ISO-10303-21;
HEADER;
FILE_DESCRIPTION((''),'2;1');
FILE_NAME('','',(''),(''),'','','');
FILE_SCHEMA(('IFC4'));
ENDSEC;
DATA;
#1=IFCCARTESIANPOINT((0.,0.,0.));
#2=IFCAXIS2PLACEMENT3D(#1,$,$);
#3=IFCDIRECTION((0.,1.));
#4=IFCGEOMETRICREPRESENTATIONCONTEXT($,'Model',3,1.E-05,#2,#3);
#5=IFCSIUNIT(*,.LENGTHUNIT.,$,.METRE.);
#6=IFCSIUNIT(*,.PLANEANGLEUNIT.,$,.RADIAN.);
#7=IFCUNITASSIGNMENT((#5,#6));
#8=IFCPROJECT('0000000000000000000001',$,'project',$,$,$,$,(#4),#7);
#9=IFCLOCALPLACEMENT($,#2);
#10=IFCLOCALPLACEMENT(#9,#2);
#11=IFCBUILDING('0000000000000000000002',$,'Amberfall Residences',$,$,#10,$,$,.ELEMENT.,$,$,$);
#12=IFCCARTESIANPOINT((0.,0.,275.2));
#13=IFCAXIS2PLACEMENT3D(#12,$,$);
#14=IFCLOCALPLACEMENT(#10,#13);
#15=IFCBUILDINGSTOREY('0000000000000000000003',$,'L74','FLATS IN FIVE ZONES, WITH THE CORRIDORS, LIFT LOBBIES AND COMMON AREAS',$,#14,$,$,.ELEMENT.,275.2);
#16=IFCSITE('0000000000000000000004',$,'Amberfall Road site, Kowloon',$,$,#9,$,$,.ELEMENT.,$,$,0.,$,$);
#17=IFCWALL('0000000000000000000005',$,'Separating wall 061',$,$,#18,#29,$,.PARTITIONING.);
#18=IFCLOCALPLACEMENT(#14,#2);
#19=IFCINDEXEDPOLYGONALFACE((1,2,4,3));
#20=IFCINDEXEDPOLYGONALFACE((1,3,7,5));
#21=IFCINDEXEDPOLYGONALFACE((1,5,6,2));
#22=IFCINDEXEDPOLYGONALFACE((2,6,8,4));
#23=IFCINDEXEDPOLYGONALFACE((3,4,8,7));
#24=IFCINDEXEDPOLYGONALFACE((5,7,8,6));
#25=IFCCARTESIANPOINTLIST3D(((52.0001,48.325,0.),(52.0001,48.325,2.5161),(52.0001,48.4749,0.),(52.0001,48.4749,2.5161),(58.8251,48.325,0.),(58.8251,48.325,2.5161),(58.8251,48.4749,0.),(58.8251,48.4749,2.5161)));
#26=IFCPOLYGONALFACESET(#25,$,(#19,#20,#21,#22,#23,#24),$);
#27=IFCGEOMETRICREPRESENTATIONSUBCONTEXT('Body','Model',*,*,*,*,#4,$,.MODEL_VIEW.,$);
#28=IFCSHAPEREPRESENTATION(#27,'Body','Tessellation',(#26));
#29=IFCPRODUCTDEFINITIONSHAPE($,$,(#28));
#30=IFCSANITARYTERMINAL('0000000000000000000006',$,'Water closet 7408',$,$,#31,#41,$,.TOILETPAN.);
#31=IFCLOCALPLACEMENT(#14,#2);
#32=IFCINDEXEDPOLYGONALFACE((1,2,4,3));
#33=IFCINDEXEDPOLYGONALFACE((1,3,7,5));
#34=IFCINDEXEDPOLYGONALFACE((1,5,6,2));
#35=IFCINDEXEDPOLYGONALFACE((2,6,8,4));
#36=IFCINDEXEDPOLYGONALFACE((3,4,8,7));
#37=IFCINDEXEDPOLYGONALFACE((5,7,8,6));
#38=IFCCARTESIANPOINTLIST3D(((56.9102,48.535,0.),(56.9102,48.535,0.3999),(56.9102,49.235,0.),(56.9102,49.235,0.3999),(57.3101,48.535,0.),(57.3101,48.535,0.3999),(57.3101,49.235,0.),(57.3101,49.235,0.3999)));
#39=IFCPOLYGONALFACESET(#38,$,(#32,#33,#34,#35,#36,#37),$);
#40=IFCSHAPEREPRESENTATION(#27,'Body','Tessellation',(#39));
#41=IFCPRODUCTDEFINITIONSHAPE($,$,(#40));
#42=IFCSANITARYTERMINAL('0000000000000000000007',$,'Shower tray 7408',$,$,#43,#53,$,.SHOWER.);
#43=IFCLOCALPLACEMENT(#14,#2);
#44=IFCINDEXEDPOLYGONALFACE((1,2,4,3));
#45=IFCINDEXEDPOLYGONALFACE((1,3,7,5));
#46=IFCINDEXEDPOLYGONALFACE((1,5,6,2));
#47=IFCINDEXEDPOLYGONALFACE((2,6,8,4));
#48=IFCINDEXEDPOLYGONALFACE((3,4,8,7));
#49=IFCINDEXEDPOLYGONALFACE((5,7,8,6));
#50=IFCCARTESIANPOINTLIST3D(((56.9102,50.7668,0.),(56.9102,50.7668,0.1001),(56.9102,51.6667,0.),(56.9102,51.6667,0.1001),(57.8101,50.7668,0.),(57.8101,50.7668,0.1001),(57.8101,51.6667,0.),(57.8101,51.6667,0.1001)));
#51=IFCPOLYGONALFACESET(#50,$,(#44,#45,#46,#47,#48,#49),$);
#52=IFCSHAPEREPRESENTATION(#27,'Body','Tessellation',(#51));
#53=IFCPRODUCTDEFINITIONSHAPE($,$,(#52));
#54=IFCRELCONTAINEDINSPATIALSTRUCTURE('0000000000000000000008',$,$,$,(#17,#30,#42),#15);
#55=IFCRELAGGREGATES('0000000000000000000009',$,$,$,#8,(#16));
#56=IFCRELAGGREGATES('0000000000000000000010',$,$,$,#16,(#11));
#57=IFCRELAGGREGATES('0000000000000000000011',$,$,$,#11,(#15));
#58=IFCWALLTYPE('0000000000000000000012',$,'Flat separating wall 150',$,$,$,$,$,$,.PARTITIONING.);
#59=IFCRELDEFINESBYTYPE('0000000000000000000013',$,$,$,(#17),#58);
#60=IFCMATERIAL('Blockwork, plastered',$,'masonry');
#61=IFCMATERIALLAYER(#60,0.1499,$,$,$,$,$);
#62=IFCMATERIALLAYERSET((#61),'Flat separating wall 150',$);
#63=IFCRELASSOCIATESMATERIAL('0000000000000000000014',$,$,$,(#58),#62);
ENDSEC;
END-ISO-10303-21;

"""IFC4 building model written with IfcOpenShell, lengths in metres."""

from ifc_helpers import new_model, si_unit, direction, frame, frame_2d, origin, origin_2d, place, context, subcontext, project, spatial, rectangle, extrude, material, layer, layer_set, type_object, element, save


model = new_model("IFC4")

# Units and contexts
model_context = context("Model", 3, precision=1e-05, world=origin(), true_north=direction((0.0, 1.0)))
body_context = subcontext(model_context, "Body", "Model", "MODEL_VIEW")
ifc_project = project(units=[si_unit("LENGTHUNIT", "METRE"), si_unit("PLANEANGLEUNIT", "RADIAN")], contexts=[model_context])

# Site, building, storey
site_placement = place(None, origin())
site = spatial("IfcSite", under=ifc_project, at=site_placement, Name="Amberfall Road site, Kowloon", CompositionType="ELEMENT", RefElevation=0.0)
building_placement = place(site_placement, origin())
building = spatial("IfcBuilding", under=site, at=building_placement, Name="Amberfall Residences", CompositionType="ELEMENT")
storey_placement = place(building_placement, frame((0.0, 0.0, 275.2)))
storey = spatial("IfcBuildingStorey", under=building, at=storey_placement, Name="L74", Description="FLATS IN FIVE ZONES, WITH THE CORRIDORS, LIFT LOBBIES AND COMMON AREAS", CompositionType="ELEMENT", Elevation=275.2)

# Wall
ifc_material_1 = material(Name="Blockwork, plastered", Category="masonry")
ifc_layer_1 = layer(ifc_material_1, 0.1499)
ifc_layer_set_1 = layer_set([ifc_layer_1], Name="Flat separating wall 150")
wall_type_1 = type_object("IfcWallType", Name="Flat separating wall 150", PredefinedType="PARTITIONING", material=ifc_layer_set_1)
wall_1_placement = place(storey_placement, frame((52.0, 48.3999, 0.0), z_axis=(0.0, 0.0, 1.0), x_axis=(1.0, 0.0, 0.0)))
element("IfcWall", 1, at=wall_1_placement, inside=storey, type_object=wall_type_1, Name="Separating wall 061", PredefinedType="PARTITIONING", context=body_context, shape_type="SweptSolid", body=[
    extrude(rectangle(XDim=6.825, YDim=0.1499, at=frame_2d((3.4126, 0.0))), origin(), (0.0, 0.0, 1.0), 2.5161),
])

# Sanitary terminals
sanitary_terminal_1_placement = place(storey_placement, frame((57.1101, 48.885, 0.0), z_axis=(0.0, 0.0, 1.0), x_axis=(1.0, 0.0, 0.0)))
element("IfcSanitaryTerminal", 2, at=sanitary_terminal_1_placement, inside=storey, Name="Water closet 7408", PredefinedType="TOILETPAN", context=body_context, shape_type="SweptSolid", body=[
    extrude(rectangle(XDim=0.3999, YDim=0.7, at=origin_2d()), origin(), (0.0, 0.0, 1.0), 0.3999),
])
sanitary_terminal_2_placement = place(storey_placement, frame((57.3601, 51.2168, 0.0), z_axis=(0.0, 0.0, 1.0), x_axis=(1.0, 0.0, 0.0)))
element("IfcSanitaryTerminal", 3, at=sanitary_terminal_2_placement, inside=storey, Name="Shower tray 7408", PredefinedType="SHOWER", context=body_context, shape_type="SweptSolid", body=[
    extrude(rectangle(XDim=0.8999, YDim=0.8999, at=origin_2d()), origin(), (0.0, 0.0, 1.0), 0.1001),
])

save(model, "model.ifc")
